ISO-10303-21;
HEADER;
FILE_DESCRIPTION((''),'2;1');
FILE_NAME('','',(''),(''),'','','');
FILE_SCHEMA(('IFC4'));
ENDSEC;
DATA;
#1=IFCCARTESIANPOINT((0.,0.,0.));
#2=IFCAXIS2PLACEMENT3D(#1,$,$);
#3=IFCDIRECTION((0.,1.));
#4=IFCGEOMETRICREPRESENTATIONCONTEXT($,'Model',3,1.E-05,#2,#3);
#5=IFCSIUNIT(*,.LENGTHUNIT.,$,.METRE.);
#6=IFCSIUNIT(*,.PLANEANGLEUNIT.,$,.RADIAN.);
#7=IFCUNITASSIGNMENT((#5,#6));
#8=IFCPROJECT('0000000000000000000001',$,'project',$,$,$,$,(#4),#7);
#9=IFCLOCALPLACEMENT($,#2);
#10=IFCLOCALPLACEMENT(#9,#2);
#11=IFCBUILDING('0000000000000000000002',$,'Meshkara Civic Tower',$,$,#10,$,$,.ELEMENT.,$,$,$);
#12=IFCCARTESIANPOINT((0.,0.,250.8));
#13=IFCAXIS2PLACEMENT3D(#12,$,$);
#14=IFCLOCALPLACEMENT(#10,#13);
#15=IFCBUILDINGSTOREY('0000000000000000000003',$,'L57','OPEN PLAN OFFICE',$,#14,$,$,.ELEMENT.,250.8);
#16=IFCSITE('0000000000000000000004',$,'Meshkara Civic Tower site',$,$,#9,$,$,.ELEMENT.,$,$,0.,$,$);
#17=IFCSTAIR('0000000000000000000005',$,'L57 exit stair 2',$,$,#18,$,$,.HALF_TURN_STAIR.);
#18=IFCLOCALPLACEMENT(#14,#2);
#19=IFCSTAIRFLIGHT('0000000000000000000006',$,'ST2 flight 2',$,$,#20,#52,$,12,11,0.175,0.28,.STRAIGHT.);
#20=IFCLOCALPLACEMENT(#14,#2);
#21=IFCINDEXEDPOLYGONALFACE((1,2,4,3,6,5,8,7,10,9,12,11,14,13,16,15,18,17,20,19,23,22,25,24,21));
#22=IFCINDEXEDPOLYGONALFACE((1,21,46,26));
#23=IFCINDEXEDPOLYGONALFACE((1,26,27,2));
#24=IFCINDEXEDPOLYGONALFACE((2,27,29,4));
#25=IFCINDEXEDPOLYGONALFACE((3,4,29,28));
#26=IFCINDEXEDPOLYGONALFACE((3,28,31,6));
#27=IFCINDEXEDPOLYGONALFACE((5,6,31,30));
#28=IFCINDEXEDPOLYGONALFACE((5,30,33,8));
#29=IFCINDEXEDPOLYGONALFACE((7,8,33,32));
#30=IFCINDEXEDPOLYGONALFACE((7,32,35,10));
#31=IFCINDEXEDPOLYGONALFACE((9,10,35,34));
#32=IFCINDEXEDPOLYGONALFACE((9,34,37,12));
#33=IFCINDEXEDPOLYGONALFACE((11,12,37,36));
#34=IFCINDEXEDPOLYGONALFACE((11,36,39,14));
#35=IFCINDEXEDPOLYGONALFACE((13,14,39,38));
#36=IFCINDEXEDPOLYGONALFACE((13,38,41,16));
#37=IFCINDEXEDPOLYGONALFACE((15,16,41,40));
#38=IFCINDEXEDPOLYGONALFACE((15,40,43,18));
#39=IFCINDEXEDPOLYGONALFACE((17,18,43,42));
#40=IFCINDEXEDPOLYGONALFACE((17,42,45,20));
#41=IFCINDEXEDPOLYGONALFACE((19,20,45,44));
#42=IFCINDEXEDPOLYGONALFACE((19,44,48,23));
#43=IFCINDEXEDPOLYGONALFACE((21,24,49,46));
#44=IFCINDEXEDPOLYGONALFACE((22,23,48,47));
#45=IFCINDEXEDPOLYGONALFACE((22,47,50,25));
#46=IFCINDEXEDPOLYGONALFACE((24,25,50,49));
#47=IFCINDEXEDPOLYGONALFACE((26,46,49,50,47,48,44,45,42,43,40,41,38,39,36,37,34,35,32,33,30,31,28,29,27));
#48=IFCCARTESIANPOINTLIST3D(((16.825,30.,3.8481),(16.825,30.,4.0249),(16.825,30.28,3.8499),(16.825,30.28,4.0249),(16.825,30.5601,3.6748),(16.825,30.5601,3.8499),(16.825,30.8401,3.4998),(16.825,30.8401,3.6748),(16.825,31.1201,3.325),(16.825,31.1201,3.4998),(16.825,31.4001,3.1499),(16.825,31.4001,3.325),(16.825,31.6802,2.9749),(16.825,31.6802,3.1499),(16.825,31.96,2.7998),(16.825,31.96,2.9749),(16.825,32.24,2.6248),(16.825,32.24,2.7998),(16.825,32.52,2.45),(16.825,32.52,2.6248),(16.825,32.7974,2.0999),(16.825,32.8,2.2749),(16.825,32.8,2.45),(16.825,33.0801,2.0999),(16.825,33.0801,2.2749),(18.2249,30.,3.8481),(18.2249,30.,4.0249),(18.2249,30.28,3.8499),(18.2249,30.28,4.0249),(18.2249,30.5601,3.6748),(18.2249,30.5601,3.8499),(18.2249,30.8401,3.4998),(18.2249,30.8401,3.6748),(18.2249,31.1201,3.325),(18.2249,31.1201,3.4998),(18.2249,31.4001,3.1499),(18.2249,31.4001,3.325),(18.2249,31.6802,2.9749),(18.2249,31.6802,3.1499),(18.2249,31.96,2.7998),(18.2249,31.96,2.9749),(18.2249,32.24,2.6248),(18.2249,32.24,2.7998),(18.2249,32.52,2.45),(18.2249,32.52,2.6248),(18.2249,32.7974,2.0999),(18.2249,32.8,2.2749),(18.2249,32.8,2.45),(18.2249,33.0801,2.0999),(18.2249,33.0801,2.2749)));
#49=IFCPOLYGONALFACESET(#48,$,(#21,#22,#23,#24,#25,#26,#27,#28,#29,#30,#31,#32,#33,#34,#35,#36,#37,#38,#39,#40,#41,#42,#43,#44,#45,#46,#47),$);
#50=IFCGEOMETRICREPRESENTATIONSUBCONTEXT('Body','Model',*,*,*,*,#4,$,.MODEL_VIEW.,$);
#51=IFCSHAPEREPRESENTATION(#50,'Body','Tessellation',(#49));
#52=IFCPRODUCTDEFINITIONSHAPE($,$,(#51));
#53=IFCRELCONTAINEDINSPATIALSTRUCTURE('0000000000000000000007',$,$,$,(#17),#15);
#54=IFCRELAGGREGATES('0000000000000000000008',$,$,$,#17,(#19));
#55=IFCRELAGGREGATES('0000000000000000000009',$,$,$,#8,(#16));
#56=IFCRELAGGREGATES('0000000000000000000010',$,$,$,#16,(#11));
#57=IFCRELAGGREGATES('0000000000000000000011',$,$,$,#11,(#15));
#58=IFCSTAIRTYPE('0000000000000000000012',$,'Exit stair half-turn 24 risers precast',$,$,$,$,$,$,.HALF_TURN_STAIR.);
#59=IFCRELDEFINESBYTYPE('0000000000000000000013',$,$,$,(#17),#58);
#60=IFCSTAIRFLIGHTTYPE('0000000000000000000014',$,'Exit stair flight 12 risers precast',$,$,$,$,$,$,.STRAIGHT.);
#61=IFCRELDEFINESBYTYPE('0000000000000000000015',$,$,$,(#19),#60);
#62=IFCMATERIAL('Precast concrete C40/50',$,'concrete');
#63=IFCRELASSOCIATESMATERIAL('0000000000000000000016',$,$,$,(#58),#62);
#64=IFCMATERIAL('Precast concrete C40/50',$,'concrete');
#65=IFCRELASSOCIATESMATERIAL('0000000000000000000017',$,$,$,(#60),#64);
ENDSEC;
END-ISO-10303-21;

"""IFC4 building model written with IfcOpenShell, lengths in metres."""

from ifc_helpers import new_model, si_unit, direction, frame, origin, place, context, subcontext, project, spatial, polyline, outline, extrude, material, type_object, element, aggregate, save


model = new_model("IFC4")

# Units and contexts
model_context = context("Model", 3, precision=1e-05, world=origin(), true_north=direction((0.0, 1.0)))
body_context = subcontext(model_context, "Body", "Model", "MODEL_VIEW")
ifc_project = project(units=[si_unit("LENGTHUNIT", "METRE"), si_unit("PLANEANGLEUNIT", "RADIAN")], contexts=[model_context])

# Site, building, storey
site_placement = place(None, origin())
site = spatial("IfcSite", under=ifc_project, at=site_placement, Name="Meshkara Civic Tower site", CompositionType="ELEMENT", RefElevation=0.0)
building_placement = place(site_placement, origin())
building = spatial("IfcBuilding", under=site, at=building_placement, Name="Meshkara Civic Tower", CompositionType="ELEMENT")
storey_placement = place(building_placement, frame((0.0, 0.0, 250.8)))
storey = spatial("IfcBuildingStorey", under=building, at=storey_placement, Name="L57", Description="OPEN PLAN OFFICE", CompositionType="ELEMENT", Elevation=250.8)

# Stair, stair flight
ifc_material_1 = material(Name="Precast concrete C40/50", Category="concrete")
stair_type = type_object("IfcStairType", Name="Exit stair half-turn 24 risers precast", PredefinedType="HALF_TURN_STAIR", material=ifc_material_1)
stair_placement = place(storey_placement, origin())
stair = element("IfcStair", 1, at=stair_placement, inside=storey, type_object=stair_type, Name="L57 exit stair 2", PredefinedType="HALF_TURN_STAIR")
ifc_material_2 = material(Name="Precast concrete C40/50", Category="concrete")
stair_flight_type = type_object("IfcStairFlightType", Name="Exit stair flight 12 risers precast", PredefinedType="STRAIGHT", material=ifc_material_2)
stair_flight_1_placement = place(storey_placement, frame((17.5249, 33.0801, 2.0999), z_axis=(0.0, 0.0, 1.0), x_axis=(0.0, -1.0, 0.0)))
stair_flight_1 = element("IfcStairFlight", 2, at=stair_flight_1_placement, type_object=stair_flight_type, Name="ST2 flight 2", NumberOfRisers=12, NumberOfTreads=11, PredefinedType="STRAIGHT", RiserHeight=0.175, TreadLength=0.28, context=body_context, shape_type="SweptSolid", body=[
    extrude(outline(polyline([(0.0, 0.0), (0.0, 0.175), (0.28, 0.175), (0.28, 0.3501), (0.5601, 0.3501), (0.5601, 0.5249), (0.8401, 0.5249), (0.8401, 0.7), (1.1201, 0.7), (1.1201, 0.875), (1.3999, 0.875), (1.3999, 1.05), (1.6799, 1.05), (1.6799, 1.2251), (1.96, 1.2251), (1.96, 1.3999), (2.24, 1.3999), (2.24, 1.575), (2.52, 1.575), (2.52, 1.75), (2.8, 1.75), (2.8, 1.925), (3.0801, 1.925), (3.0801, 2.1001), (3.0801, 1.7483), (0.2827, 0.0), (0.0, 0.0)])), frame((0.0, 0.7, 0.0), z_axis=(0.0, -1.0, 0.0), x_axis=(1.0, 0.0, 0.0)), (0.0, 0.0, 1.0), 1.3999),
])
aggregate(stair, [stair_flight_1])

save(model, "model.ifc")
